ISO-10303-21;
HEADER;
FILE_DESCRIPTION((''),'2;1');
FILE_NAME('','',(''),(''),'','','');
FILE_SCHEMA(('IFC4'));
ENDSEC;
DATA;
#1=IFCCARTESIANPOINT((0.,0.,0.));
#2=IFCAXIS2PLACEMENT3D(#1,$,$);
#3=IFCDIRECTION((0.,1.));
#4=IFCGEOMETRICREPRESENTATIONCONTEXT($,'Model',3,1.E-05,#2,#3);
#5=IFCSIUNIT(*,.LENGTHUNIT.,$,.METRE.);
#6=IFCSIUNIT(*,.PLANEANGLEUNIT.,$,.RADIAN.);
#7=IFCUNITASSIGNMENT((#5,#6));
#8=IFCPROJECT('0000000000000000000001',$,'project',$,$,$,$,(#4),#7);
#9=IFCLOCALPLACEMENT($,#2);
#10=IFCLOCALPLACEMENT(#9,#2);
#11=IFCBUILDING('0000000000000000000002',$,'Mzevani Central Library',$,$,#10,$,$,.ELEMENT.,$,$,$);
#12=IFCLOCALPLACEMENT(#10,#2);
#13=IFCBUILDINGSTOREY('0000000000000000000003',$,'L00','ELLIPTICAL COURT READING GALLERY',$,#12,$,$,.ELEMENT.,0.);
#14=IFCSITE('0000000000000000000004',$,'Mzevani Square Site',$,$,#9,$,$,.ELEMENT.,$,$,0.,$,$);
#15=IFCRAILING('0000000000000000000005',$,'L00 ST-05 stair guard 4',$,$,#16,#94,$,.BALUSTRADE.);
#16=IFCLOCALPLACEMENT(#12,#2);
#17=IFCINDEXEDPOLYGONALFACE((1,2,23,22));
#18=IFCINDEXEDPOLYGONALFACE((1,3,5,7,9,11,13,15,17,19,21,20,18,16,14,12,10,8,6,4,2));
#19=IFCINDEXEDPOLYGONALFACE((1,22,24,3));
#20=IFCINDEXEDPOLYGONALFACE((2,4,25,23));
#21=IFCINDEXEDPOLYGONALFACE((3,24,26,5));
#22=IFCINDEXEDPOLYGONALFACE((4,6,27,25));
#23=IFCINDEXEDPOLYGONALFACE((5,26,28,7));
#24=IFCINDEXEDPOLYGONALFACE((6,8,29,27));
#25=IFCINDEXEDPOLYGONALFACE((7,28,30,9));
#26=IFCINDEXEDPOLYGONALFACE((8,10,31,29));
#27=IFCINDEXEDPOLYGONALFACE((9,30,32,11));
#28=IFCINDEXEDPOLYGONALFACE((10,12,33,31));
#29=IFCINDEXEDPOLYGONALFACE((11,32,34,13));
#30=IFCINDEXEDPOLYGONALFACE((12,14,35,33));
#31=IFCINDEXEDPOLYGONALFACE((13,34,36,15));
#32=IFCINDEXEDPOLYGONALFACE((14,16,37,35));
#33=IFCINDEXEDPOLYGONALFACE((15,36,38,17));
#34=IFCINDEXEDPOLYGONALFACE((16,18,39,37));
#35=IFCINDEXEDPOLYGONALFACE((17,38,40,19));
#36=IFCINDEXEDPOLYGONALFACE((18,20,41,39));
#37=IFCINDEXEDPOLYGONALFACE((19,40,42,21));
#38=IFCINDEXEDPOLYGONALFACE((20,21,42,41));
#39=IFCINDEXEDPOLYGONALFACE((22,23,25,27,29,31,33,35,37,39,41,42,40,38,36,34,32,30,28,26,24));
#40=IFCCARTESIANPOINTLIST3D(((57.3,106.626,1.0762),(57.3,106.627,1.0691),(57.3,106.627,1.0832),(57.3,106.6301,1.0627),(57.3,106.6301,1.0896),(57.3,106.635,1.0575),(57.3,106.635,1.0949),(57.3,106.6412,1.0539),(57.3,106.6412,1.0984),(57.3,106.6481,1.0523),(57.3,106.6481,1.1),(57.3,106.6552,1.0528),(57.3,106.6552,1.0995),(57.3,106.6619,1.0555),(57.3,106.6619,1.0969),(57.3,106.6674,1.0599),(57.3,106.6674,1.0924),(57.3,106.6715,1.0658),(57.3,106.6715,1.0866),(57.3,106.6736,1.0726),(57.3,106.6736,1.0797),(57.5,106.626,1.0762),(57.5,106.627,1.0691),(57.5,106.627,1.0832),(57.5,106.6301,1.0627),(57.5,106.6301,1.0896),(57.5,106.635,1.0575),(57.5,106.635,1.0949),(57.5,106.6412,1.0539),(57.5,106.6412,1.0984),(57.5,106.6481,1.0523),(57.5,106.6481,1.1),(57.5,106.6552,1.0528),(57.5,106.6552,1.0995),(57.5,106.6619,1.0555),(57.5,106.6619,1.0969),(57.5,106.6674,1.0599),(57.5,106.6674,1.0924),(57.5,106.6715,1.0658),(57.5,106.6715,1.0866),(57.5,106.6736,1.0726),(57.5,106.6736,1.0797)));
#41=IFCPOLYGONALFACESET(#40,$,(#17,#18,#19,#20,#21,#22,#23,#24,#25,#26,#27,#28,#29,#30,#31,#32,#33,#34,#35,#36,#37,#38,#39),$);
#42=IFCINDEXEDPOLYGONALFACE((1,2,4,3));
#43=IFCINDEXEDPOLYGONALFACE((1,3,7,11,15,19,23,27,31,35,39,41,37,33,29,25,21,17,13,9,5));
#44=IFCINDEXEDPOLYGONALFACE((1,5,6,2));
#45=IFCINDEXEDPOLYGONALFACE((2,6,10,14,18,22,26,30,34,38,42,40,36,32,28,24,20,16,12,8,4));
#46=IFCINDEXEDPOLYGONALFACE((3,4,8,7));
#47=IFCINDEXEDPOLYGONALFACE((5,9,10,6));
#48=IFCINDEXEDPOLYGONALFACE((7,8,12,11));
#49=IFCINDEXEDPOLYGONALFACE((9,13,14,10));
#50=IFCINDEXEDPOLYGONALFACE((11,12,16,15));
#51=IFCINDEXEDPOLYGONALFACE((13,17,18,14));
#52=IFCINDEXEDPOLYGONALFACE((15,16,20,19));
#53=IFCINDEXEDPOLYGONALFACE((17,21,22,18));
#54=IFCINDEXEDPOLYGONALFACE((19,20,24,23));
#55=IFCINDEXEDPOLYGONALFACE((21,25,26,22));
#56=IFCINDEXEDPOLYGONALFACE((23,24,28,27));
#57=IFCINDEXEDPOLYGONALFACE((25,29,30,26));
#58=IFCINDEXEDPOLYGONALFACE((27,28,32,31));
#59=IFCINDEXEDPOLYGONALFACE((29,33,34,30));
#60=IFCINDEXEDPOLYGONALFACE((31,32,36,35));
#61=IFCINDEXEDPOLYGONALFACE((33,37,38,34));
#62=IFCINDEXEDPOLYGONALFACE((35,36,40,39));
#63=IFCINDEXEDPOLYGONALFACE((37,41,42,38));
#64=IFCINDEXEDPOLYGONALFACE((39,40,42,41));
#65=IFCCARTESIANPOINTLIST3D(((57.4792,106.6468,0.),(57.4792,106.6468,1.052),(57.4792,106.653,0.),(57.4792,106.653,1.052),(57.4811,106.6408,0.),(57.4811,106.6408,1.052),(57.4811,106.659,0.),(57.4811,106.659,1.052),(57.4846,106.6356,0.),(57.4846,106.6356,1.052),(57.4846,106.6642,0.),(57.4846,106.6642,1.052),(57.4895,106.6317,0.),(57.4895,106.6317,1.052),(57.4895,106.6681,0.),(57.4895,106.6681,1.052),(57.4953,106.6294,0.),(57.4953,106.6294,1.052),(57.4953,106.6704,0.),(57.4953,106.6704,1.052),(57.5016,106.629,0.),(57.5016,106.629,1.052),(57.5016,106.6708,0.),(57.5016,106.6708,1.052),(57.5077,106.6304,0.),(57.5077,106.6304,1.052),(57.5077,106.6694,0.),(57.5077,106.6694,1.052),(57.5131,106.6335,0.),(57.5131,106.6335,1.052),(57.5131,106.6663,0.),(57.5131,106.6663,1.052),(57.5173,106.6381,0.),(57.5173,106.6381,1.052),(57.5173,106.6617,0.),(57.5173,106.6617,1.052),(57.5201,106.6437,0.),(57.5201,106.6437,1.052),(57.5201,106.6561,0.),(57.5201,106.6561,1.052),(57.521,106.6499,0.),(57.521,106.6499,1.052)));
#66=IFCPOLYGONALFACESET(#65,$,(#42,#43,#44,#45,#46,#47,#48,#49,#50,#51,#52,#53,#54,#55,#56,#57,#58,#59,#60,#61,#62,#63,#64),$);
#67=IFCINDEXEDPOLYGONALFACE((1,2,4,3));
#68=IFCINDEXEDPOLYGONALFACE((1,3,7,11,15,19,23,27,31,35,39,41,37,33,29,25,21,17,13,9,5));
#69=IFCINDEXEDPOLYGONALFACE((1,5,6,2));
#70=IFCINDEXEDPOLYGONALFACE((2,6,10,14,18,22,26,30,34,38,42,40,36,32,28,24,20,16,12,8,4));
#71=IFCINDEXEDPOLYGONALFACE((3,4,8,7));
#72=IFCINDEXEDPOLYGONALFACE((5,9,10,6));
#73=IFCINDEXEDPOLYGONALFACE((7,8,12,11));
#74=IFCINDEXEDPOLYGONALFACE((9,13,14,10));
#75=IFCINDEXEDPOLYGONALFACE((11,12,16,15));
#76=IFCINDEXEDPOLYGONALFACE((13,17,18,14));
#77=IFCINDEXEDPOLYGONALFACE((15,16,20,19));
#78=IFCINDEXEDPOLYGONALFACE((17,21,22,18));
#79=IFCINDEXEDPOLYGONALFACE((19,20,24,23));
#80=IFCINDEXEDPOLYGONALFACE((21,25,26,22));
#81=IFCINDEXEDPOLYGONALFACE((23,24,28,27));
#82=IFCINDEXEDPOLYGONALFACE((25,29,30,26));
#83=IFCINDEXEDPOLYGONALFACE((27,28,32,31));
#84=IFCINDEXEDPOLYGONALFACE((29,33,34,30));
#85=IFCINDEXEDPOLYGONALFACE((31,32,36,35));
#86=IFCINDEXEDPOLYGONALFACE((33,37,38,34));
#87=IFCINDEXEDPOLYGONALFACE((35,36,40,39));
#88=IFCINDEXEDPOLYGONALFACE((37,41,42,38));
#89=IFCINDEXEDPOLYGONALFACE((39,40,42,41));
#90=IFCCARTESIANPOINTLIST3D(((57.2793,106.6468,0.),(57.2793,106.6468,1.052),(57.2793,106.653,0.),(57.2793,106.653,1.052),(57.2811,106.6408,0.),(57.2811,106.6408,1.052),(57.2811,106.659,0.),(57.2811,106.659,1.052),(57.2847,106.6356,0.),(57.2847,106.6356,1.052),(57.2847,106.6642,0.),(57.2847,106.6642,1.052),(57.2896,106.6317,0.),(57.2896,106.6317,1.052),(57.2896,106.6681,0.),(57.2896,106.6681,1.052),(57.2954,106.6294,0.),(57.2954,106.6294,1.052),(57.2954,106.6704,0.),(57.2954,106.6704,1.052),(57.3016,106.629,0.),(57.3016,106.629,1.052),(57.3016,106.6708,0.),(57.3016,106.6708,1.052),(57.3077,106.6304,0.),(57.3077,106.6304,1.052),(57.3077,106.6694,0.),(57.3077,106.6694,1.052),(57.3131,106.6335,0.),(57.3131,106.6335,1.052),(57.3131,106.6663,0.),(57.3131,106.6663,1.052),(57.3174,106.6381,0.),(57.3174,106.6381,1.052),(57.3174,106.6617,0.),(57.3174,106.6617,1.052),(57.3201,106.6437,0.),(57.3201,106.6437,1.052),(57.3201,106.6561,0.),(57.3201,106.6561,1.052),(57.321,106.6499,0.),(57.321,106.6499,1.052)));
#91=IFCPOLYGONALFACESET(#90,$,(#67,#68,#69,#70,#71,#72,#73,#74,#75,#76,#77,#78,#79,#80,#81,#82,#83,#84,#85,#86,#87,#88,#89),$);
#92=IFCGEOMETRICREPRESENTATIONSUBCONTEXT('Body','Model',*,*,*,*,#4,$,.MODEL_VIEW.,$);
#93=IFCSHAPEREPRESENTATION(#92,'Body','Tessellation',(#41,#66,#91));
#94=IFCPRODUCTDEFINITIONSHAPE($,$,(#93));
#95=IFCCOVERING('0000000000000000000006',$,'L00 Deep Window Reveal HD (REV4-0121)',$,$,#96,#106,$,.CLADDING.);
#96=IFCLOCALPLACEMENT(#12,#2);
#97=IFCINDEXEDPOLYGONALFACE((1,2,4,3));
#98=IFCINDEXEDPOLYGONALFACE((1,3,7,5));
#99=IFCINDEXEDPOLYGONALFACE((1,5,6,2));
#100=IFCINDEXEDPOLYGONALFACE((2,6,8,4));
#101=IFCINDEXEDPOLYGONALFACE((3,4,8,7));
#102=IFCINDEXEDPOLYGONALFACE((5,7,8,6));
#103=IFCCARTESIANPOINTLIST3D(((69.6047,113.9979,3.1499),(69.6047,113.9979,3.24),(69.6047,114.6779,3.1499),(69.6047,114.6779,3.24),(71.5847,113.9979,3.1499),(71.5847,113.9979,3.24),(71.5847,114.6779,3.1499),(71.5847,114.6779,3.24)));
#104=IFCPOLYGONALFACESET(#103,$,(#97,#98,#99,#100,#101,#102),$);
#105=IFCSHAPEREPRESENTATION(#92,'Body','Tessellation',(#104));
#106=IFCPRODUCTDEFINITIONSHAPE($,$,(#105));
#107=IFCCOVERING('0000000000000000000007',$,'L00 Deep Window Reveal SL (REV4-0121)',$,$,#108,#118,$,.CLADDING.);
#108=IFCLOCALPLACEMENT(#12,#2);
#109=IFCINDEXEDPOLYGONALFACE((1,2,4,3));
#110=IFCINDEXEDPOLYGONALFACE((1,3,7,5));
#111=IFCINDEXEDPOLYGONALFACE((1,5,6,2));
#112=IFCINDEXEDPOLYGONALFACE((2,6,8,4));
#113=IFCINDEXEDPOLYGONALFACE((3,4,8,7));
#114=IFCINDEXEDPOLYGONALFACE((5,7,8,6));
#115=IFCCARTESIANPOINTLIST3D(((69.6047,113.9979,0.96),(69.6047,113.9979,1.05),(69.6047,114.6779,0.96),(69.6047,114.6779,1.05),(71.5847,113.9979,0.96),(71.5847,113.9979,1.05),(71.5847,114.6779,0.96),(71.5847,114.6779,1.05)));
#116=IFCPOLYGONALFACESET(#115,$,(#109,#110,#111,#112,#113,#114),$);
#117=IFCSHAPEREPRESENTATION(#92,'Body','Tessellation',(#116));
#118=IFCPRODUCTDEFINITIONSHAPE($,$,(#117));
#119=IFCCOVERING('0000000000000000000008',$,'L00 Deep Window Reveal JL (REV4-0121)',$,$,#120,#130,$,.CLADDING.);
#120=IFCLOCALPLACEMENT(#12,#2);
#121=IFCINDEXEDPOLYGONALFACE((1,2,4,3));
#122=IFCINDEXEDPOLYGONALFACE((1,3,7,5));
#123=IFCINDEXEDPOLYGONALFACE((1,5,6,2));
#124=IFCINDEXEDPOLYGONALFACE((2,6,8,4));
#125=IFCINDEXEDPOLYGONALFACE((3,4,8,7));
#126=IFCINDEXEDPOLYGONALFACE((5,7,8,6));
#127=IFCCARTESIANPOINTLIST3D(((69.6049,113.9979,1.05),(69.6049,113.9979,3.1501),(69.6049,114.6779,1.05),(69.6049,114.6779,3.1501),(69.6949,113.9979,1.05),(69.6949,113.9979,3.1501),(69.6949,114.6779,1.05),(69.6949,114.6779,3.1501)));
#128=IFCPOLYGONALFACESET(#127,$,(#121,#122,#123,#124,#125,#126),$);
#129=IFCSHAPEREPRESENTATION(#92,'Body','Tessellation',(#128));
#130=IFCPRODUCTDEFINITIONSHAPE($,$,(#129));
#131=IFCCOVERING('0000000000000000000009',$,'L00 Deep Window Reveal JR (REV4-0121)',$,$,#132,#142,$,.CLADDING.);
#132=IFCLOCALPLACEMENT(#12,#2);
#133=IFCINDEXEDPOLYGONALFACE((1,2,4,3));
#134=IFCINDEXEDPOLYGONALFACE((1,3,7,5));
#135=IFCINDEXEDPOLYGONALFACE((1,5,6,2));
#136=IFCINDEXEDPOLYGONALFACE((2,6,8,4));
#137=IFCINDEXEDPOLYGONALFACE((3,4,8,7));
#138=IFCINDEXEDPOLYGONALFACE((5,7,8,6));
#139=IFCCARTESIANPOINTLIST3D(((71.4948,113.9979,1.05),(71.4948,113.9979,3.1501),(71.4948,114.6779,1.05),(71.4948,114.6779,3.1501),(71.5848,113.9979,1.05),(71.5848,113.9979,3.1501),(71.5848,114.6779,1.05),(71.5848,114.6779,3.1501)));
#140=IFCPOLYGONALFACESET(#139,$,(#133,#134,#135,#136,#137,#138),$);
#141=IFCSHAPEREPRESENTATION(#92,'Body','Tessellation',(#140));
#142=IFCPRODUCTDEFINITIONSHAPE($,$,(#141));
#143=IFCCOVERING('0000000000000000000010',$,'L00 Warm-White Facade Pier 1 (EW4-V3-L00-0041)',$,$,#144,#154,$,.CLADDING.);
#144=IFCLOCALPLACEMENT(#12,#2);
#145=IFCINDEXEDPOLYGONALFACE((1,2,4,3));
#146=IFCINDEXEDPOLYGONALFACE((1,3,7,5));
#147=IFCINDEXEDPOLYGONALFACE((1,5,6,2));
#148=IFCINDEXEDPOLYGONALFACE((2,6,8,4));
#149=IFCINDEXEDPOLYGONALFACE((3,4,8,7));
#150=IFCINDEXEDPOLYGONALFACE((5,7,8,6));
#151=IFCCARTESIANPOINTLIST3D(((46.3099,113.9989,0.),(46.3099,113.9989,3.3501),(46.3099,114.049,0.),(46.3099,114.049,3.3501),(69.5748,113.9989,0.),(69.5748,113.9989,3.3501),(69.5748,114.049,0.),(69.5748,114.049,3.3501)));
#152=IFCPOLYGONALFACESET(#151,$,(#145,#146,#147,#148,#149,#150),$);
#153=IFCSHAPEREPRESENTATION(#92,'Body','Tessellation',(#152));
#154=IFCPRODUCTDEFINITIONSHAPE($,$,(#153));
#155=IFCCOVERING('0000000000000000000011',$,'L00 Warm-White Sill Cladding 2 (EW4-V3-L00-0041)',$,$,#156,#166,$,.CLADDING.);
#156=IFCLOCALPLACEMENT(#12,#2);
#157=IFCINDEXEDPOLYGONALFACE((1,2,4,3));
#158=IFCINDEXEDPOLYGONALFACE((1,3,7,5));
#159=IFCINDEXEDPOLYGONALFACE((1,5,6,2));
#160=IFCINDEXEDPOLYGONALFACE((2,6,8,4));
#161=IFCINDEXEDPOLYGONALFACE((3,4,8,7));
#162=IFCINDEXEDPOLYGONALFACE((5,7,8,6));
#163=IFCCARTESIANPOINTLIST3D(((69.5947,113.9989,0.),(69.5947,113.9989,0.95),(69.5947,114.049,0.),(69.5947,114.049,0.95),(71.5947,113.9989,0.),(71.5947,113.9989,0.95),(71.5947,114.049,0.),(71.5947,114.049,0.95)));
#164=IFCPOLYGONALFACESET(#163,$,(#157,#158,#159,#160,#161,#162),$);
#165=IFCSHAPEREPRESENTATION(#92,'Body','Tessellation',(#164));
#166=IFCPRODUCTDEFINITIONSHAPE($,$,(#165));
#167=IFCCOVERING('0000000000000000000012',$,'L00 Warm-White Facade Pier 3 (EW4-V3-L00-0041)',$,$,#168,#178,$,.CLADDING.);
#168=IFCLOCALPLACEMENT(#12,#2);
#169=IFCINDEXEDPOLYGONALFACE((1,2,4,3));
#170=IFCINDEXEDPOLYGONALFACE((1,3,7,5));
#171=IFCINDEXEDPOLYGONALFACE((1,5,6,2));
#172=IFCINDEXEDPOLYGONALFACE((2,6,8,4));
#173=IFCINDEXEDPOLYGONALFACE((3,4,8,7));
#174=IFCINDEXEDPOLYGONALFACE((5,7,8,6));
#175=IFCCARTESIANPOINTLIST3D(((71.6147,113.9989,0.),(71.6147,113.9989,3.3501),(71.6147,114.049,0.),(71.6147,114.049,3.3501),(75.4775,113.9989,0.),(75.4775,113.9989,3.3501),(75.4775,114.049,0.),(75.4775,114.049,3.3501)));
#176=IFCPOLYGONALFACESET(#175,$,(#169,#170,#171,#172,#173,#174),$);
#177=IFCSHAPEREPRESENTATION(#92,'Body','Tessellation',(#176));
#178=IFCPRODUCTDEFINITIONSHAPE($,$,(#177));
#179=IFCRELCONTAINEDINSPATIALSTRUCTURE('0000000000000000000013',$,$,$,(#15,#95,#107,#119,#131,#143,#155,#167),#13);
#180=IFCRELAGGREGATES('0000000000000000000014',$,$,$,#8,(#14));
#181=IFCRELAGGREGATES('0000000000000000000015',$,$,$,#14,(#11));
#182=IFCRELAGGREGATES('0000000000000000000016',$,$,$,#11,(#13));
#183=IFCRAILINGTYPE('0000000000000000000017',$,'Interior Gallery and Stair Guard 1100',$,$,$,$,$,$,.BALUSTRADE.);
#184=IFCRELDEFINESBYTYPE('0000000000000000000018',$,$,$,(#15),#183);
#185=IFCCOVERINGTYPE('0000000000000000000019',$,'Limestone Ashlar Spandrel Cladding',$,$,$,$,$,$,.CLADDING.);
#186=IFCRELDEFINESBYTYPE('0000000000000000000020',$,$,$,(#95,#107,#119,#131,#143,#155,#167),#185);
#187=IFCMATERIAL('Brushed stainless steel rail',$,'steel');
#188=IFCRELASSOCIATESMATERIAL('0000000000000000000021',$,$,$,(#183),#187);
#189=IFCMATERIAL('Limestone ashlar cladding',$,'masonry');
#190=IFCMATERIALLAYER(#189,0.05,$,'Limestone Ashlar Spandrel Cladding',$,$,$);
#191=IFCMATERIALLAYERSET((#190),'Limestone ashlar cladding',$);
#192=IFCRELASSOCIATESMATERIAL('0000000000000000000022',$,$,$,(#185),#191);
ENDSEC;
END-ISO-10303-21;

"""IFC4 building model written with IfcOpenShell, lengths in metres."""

from ifc_helpers import new_model, si_unit, direction, frame, origin, origin_2d, place, context, subcontext, project, spatial, rectangle, circle, extrude, material, layer, layer_set, type_object, element, save


model = new_model("IFC4")

# Units and contexts
model_context = context("Model", 3, precision=1e-05, world=origin(), true_north=direction((0.0, 1.0)))
body_context = subcontext(model_context, "Body", "Model", "MODEL_VIEW")
ifc_project = project(units=[si_unit("LENGTHUNIT", "METRE"), si_unit("PLANEANGLEUNIT", "RADIAN")], contexts=[model_context])

# Site, building, storey
site_placement = place(None, origin())
site = spatial("IfcSite", under=ifc_project, at=site_placement, Name="Mzevani Square Site", CompositionType="ELEMENT", RefElevation=0.0)
building_placement = place(site_placement, origin())
building = spatial("IfcBuilding", under=site, at=building_placement, Name="Mzevani Central Library", CompositionType="ELEMENT")
storey_placement = place(building_placement, origin())
storey = spatial("IfcBuildingStorey", under=building, at=storey_placement, Name="L00", Description="ELLIPTICAL COURT READING GALLERY", CompositionType="ELEMENT", Elevation=0.0)

# Railing
ifc_material_1 = material(Name="Brushed stainless steel rail", Category="steel")
railing_type_1 = type_object("IfcRailingType", Name="Interior Gallery and Stair Guard 1100", PredefinedType="BALUSTRADE", material=ifc_material_1)
railing_1_placement = place(storey_placement, frame((57.5, 106.6499, 0.0)))
element("IfcRailing", 1, at=railing_1_placement, inside=storey, type_object=railing_type_1, Name="L00 ST-05 stair guard 4", PredefinedType="BALUSTRADE", context=body_context, shape_type="SweptSolid", body=[
    extrude(circle(Radius=0.0239, at=origin_2d()), frame((0.0, 0.0, 1.0762), z_axis=(-1.0, 0.0, 0.0), x_axis=(0.0, -1.0, 0.0)), (0.0, 0.0, 1.0), 0.2),
    extrude(circle(Radius=0.021, at=origin_2d()), origin(), (0.0, 0.0, 1.0), 1.052),
    extrude(circle(Radius=0.021, at=origin_2d()), frame((-0.2, 0.0, 0.0)), (0.0, 0.0, 1.0), 1.052),
])

# Coverings
ifc_material_2 = material(Name="Limestone ashlar cladding", Category="masonry")
ifc_layer_1 = layer(ifc_material_2, 0.05, Name="Limestone Ashlar Spandrel Cladding")
ifc_layer_set_1 = layer_set([ifc_layer_1], Name="Limestone ashlar cladding")
covering_type_1 = type_object("IfcCoveringType", Name="Limestone Ashlar Spandrel Cladding", PredefinedType="CLADDING", material=ifc_layer_set_1)
for number, where, z_axis, x_axis, name in (
    (2, (70.5947, 114.3379, 3.1499), (0.0, 0.0, 1.0), (1.0, 0.0, 0.0), "L00 Deep Window Reveal HD (REV4-0121)"),
    (3, (70.5947, 114.3379, 0.96), (0.0, 0.0, 1.0), (1.0, 0.0, 0.0), "L00 Deep Window Reveal SL (REV4-0121)"),
):
    element("IfcCovering", number, at=place(storey_placement, frame(where, z_axis=z_axis, x_axis=x_axis)), inside=storey, type_object=covering_type_1, Name=name, PredefinedType="CLADDING", context=body_context, shape_type="SweptSolid", body=[
        extrude(rectangle(XDim=1.98, YDim=0.6799, at=origin_2d()), origin(), (0.0, 0.0, 1.0), 0.0901),
    ])
for number, where, z_axis, x_axis, name in (
    (4, (69.6499, 114.3379, 1.05), (0.0, 0.0, 1.0), (1.0, 0.0, 0.0), "L00 Deep Window Reveal JL (REV4-0121)"),
    (5, (71.5398, 114.3379, 1.05), (0.0, 0.0, 1.0), (1.0, 0.0, 0.0), "L00 Deep Window Reveal JR (REV4-0121)"),
):
    element("IfcCovering", number, at=place(storey_placement, frame(where, z_axis=z_axis, x_axis=x_axis)), inside=storey, type_object=covering_type_1, Name=name, PredefinedType="CLADDING", context=body_context, shape_type="SweptSolid", body=[
        extrude(rectangle(XDim=0.0901, YDim=0.6799, at=origin_2d()), origin(), (0.0, 0.0, 1.0), 2.1001),
    ])
covering_1_placement = place(storey_placement, frame((57.9424, 114.0239, 0.0), z_axis=(0.0, 0.0, 1.0), x_axis=(1.0, 0.0, 0.0)))
element("IfcCovering", 6, at=covering_1_placement, inside=storey, type_object=covering_type_1, Name="L00 Warm-White Facade Pier 1 (EW4-V3-L00-0041)", PredefinedType="CLADDING", context=body_context, shape_type="SweptSolid", body=[
    extrude(rectangle(XDim=23.2649, YDim=0.05, at=origin_2d()), origin(), (0.0, 0.0, 1.0), 3.3501),
])
covering_2_placement = place(storey_placement, frame((70.5947, 114.0239, 0.0), z_axis=(0.0, 0.0, 1.0), x_axis=(1.0, 0.0, 0.0)))
element("IfcCovering", 7, at=covering_2_placement, inside=storey, type_object=covering_type_1, Name="L00 Warm-White Sill Cladding 2 (EW4-V3-L00-0041)", PredefinedType="CLADDING", context=body_context, shape_type="SweptSolid", body=[
    extrude(rectangle(XDim=2.0, YDim=0.05, at=origin_2d()), origin(), (0.0, 0.0, 1.0), 0.95),
])
covering_3_placement = place(storey_placement, frame((73.5461, 114.0239, 0.0), z_axis=(0.0, 0.0, 1.0), x_axis=(1.0, 0.0, 0.0)))
element("IfcCovering", 8, at=covering_3_placement, inside=storey, type_object=covering_type_1, Name="L00 Warm-White Facade Pier 3 (EW4-V3-L00-0041)", PredefinedType="CLADDING", context=body_context, shape_type="SweptSolid", body=[
    extrude(rectangle(XDim=3.8628, YDim=0.05, at=origin_2d()), origin(), (0.0, 0.0, 1.0), 3.3501),
])

save(model, "model.ifc")
